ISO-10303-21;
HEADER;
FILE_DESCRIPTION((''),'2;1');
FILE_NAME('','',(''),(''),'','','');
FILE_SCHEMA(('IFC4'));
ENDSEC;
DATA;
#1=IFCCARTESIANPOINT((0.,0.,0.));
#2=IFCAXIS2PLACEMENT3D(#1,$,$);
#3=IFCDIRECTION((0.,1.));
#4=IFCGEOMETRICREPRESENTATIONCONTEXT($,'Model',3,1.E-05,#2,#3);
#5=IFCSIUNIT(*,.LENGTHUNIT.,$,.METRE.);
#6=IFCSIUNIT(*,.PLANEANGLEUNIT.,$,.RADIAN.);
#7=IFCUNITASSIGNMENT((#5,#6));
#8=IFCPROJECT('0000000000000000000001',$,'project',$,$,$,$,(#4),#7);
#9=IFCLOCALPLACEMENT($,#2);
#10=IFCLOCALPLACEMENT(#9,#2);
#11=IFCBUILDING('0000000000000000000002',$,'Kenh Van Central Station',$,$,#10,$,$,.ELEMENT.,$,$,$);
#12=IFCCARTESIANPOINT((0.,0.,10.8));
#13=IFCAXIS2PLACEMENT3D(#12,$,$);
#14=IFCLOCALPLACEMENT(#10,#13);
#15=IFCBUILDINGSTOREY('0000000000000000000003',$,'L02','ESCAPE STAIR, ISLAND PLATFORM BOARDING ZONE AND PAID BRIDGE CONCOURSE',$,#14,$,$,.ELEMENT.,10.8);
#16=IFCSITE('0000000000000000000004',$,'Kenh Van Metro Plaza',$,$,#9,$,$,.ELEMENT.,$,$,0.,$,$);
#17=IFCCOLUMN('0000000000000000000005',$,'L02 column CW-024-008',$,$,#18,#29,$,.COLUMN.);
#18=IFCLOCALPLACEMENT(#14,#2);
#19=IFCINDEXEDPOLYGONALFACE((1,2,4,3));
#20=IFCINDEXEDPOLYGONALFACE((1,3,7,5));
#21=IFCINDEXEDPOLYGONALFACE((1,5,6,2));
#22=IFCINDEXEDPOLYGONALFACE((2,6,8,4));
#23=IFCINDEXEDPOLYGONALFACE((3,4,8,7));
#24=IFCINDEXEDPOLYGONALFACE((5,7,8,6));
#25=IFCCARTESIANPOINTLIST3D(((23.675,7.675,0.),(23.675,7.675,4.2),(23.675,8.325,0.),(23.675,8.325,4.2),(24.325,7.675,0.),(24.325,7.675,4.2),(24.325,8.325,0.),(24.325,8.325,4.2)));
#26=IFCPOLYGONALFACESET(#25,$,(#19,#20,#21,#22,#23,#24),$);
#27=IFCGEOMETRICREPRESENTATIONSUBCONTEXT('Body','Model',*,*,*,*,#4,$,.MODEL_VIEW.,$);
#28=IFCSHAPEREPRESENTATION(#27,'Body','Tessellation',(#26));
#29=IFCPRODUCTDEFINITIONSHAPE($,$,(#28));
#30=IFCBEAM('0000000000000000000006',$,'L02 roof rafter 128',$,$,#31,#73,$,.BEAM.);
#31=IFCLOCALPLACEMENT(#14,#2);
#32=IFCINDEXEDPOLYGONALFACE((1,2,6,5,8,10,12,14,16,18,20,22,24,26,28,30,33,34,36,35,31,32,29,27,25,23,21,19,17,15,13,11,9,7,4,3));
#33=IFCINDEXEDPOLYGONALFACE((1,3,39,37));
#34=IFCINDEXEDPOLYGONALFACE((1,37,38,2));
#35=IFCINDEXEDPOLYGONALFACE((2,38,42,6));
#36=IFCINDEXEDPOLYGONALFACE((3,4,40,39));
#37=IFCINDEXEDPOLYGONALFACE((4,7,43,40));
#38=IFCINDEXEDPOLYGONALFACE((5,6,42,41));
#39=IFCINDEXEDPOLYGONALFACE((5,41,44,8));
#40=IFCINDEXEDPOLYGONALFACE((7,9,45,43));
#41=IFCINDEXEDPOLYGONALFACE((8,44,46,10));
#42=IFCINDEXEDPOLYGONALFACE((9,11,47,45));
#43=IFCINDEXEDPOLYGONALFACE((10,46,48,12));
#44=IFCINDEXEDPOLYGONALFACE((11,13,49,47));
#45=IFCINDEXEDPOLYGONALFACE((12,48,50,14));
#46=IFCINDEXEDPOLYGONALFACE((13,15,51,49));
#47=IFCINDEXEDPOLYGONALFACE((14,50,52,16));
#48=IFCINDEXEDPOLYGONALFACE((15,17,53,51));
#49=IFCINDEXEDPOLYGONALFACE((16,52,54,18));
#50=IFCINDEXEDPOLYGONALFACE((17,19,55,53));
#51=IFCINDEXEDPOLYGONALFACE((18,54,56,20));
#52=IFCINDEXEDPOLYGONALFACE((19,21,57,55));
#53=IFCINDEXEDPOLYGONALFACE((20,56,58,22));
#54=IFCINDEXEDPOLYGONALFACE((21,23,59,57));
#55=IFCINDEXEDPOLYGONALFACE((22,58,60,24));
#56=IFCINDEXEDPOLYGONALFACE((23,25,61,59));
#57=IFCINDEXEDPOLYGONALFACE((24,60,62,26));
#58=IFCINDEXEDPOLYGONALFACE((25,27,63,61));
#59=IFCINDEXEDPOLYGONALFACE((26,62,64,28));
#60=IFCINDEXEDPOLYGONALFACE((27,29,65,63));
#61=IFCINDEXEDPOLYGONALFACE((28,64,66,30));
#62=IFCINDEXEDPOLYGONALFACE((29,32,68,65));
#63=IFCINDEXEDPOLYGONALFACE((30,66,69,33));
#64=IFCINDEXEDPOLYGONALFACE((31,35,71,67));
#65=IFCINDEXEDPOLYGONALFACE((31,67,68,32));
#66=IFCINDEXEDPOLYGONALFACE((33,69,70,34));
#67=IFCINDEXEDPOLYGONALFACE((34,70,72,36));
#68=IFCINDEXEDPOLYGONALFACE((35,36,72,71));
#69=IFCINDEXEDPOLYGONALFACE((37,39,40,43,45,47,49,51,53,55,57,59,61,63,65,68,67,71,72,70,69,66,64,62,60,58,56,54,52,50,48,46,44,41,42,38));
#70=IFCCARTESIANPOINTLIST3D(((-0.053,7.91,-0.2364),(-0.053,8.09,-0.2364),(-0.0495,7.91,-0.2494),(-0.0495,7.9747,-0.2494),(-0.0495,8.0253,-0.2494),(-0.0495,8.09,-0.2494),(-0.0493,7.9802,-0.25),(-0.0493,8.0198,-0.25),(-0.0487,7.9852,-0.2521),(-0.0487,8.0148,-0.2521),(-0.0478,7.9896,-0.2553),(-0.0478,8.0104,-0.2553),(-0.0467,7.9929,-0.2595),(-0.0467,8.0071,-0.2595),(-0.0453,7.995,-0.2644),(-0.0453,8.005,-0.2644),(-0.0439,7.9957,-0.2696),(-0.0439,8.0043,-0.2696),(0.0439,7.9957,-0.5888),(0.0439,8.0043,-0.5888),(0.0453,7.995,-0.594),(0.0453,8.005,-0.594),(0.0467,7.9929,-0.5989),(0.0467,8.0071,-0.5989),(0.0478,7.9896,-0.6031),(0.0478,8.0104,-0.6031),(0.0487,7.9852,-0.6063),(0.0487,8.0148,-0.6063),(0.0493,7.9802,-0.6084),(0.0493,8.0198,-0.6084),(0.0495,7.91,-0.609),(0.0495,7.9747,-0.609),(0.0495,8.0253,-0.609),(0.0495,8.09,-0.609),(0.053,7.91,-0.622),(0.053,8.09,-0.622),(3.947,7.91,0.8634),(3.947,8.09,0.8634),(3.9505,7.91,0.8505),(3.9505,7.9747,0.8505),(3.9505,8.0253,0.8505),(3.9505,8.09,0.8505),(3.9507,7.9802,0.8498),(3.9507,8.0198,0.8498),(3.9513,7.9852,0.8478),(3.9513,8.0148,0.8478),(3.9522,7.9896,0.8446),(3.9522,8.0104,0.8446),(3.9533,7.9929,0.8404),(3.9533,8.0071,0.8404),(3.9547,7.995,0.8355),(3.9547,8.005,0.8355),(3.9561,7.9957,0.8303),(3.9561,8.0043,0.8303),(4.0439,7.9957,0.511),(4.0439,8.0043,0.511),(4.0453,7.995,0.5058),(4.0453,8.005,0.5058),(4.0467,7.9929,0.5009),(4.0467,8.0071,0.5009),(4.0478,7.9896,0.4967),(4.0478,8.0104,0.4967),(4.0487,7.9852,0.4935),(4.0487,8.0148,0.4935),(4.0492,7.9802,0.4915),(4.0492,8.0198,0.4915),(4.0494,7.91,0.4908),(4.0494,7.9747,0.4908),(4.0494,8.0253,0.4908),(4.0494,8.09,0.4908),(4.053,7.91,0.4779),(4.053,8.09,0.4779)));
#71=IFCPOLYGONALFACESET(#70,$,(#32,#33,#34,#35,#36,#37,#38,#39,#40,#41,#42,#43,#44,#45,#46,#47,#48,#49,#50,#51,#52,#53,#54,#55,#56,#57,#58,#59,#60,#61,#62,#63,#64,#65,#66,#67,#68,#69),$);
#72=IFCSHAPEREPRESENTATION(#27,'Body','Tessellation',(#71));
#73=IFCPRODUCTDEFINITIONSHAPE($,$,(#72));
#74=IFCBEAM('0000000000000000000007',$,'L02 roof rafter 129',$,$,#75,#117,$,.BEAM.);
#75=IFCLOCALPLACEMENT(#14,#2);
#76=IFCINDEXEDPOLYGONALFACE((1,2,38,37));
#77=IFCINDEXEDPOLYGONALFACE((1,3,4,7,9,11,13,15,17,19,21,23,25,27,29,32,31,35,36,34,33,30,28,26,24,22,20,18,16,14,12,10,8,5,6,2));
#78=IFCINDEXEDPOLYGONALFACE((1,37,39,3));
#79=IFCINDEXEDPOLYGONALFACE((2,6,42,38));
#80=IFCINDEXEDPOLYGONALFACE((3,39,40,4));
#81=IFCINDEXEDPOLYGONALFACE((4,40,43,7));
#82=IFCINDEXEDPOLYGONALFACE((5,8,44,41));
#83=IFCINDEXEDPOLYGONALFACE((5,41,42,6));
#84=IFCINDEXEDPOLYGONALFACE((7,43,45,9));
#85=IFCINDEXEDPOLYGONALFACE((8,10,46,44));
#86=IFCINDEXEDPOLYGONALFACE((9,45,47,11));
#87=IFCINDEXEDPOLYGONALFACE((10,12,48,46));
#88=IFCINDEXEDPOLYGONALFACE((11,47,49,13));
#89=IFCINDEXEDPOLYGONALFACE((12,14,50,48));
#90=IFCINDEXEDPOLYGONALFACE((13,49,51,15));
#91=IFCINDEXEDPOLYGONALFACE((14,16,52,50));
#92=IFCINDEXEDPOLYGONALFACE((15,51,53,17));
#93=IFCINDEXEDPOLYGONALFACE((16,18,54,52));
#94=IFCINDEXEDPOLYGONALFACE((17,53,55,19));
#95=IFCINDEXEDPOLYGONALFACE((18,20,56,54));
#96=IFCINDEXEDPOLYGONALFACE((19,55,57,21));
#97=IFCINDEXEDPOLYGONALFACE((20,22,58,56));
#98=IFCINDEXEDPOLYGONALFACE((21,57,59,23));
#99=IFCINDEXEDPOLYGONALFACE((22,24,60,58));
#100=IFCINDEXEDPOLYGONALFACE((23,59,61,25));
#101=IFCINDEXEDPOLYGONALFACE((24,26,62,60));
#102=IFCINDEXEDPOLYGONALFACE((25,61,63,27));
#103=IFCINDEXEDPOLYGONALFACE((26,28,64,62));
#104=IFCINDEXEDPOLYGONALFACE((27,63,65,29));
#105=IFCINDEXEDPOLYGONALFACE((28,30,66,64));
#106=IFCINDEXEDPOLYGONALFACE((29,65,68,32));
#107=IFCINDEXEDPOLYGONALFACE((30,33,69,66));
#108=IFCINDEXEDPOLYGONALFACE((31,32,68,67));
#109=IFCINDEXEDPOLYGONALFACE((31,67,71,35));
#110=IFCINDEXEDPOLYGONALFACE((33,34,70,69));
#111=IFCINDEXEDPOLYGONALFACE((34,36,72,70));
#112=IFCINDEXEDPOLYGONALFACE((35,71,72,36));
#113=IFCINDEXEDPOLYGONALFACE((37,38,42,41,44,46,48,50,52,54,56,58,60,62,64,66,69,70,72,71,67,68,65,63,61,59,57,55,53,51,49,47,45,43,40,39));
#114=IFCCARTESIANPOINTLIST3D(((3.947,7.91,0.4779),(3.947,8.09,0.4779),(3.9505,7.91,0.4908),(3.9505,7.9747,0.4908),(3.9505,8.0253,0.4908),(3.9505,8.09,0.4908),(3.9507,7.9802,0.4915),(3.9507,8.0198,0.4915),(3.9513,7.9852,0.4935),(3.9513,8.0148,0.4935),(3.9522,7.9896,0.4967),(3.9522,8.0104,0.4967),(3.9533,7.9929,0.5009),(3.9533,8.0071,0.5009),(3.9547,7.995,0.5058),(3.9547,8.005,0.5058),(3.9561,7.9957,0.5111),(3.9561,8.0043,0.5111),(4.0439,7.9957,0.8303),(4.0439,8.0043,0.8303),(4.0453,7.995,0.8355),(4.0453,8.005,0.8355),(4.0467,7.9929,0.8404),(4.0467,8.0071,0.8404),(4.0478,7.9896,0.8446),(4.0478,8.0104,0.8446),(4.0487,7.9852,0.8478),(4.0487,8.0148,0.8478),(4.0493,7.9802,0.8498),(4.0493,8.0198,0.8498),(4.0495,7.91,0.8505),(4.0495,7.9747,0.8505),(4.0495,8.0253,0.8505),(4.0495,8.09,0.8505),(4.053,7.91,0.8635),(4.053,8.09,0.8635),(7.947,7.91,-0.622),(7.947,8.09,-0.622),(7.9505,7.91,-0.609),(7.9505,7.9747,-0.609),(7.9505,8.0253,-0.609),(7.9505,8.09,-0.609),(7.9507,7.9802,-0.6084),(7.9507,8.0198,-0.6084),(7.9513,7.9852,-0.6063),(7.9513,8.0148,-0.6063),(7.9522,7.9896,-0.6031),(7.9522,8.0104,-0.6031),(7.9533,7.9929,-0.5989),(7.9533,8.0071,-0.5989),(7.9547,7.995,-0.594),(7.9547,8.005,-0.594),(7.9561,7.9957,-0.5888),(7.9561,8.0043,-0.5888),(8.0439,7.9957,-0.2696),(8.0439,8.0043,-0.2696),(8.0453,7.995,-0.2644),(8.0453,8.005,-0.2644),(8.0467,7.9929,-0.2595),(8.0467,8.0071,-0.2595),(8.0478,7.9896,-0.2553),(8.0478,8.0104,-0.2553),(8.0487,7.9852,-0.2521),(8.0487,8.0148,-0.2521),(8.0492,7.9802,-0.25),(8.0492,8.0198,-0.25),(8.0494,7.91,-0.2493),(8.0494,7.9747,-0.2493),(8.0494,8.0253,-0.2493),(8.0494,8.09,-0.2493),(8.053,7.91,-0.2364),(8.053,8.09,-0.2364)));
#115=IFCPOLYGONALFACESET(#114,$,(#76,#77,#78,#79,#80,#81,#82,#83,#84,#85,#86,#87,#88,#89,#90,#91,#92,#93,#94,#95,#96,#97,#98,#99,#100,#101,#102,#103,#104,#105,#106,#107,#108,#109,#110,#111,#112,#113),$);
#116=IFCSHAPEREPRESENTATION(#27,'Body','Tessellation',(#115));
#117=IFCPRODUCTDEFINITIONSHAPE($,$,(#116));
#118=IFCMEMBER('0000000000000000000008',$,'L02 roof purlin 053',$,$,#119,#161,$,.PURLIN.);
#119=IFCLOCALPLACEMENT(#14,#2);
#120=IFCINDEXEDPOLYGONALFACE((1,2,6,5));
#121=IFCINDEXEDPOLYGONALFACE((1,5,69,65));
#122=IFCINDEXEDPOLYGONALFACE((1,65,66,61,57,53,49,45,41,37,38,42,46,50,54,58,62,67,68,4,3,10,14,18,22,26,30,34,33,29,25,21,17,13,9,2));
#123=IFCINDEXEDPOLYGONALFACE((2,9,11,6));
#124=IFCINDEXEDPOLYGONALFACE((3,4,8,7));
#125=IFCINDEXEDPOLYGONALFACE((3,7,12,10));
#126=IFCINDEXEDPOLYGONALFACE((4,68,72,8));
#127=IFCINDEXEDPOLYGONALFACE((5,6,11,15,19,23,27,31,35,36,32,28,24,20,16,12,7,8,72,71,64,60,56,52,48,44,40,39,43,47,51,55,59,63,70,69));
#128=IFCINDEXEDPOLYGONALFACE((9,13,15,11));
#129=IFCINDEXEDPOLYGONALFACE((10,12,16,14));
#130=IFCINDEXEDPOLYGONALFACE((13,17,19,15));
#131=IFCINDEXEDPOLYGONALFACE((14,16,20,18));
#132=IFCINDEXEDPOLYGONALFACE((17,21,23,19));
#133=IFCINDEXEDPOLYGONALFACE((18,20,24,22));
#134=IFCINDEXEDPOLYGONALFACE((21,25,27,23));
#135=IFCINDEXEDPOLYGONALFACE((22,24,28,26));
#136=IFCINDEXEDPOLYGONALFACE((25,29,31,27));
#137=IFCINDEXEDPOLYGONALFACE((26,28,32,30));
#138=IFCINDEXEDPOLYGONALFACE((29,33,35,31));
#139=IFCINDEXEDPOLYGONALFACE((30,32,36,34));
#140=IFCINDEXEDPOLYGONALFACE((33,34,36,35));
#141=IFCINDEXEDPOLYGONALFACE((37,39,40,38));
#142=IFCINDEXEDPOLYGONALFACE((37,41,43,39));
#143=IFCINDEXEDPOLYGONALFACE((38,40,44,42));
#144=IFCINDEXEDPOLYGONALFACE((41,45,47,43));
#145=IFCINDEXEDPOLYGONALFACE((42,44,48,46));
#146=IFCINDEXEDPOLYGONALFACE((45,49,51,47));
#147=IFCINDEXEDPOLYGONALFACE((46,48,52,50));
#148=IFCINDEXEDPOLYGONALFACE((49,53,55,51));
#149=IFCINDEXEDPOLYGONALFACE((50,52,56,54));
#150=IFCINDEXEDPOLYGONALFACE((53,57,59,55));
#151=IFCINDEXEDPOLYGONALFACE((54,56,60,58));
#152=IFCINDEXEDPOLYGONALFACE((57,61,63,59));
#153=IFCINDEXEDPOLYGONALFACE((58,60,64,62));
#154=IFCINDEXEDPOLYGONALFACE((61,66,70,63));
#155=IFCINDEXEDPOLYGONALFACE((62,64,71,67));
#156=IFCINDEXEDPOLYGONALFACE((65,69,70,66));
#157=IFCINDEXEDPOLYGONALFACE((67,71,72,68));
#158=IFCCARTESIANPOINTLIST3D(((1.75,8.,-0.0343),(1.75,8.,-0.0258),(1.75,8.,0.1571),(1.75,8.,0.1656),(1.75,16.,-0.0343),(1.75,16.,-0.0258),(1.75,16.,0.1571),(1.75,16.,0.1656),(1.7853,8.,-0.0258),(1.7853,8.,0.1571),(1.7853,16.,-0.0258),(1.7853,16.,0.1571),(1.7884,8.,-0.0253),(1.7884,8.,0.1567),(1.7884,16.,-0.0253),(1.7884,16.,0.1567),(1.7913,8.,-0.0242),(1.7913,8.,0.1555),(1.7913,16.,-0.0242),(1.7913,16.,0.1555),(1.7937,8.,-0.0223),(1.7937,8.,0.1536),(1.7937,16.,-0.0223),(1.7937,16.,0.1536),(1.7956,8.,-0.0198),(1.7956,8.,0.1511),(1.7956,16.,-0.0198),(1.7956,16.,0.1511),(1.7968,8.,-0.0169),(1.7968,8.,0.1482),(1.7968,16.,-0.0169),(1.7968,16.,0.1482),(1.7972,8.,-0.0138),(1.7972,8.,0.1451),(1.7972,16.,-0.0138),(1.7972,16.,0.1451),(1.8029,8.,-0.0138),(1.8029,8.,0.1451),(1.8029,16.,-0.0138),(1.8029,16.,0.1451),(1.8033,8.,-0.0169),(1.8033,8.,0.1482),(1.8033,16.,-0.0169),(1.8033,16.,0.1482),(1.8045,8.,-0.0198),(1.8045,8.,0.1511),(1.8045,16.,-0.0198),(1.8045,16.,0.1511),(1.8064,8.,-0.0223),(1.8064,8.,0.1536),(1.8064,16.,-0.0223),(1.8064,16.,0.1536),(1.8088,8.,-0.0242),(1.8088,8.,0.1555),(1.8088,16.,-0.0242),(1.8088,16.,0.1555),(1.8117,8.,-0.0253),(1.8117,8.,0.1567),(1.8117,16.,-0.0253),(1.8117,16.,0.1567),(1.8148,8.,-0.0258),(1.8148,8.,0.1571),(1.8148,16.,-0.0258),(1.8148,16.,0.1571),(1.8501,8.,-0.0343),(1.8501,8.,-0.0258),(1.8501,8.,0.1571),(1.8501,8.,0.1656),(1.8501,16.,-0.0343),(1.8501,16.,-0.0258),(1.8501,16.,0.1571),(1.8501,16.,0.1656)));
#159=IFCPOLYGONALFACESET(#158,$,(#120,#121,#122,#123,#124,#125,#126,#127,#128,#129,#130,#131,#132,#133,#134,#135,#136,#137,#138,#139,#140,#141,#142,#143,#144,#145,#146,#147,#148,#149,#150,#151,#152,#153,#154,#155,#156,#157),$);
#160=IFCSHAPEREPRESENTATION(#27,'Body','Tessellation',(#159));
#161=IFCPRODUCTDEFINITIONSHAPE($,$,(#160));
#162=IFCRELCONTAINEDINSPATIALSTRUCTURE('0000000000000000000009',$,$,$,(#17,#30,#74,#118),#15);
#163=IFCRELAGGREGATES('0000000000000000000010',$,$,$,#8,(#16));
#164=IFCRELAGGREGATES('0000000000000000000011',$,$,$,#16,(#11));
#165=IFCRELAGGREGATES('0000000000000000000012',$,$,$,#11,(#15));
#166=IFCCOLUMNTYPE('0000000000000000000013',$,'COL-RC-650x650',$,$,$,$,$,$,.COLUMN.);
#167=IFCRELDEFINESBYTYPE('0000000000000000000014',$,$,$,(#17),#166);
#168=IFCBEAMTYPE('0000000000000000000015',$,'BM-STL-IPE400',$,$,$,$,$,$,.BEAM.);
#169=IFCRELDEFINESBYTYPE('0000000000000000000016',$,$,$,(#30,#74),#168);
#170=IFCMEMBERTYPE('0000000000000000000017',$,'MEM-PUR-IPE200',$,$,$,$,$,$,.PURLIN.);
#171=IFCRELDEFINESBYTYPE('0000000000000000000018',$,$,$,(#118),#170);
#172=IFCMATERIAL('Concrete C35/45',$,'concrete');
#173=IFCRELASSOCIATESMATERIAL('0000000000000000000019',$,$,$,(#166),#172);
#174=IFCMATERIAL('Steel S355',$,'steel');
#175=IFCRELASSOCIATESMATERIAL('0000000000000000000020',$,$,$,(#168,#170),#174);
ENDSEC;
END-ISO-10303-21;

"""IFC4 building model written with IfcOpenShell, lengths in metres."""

from ifc_helpers import new_model, si_unit, direction, frame, origin, origin_2d, place, context, subcontext, project, spatial, rectangle, i_section, extrude, material, material_profile, profile_set, type_object, element, save


model = new_model("IFC4")

# Units and contexts
model_context = context("Model", 3, precision=1e-05, world=origin(), true_north=direction((0.0, 1.0)))
body_context = subcontext(model_context, "Body", "Model", "MODEL_VIEW")
ifc_project = project(units=[si_unit("LENGTHUNIT", "METRE"), si_unit("PLANEANGLEUNIT", "RADIAN")], contexts=[model_context])

# Site, building, storey
site_placement = place(None, origin())
site = spatial("IfcSite", under=ifc_project, at=site_placement, Name="Kenh Van Metro Plaza", CompositionType="ELEMENT", RefElevation=0.0)
building_placement = place(site_placement, origin())
building = spatial("IfcBuilding", under=site, at=building_placement, Name="Kenh Van Central Station", CompositionType="ELEMENT")
storey_placement = place(building_placement, frame((0.0, 0.0, 10.8)))
storey = spatial("IfcBuildingStorey", under=building, at=storey_placement, Name="L02", Description="ESCAPE STAIR, ISLAND PLATFORM BOARDING ZONE AND PAID BRIDGE CONCOURSE", CompositionType="ELEMENT", Elevation=10.8)

# Column
ifc_material_1 = material(Name="Concrete C35/45", Category="concrete")
ifc_material_profile_1 = material_profile(ifc_material_1, rectangle(XDim=0.6499, YDim=0.6499, at=origin_2d()), Name="RC 650x650")
ifc_profile_set_1 = profile_set([ifc_material_profile_1], Name="Concrete C35/45")
column_type = type_object("IfcColumnType", Name="COL-RC-650x650", PredefinedType="COLUMN", material=ifc_profile_set_1)
column_placement = place(storey_placement, frame((24.0, 8.0, 0.0), z_axis=(0.0, 0.0, 1.0), x_axis=(1.0, 0.0, 0.0)))
element("IfcColumn", 1, at=column_placement, inside=storey, type_object=column_type, Name="L02 column CW-024-008", PredefinedType="COLUMN", context=body_context, shape_type="SweptSolid", body=[
    extrude(rectangle(XDim=0.6499, YDim=0.6499, at=origin_2d()), origin(), (0.0, 0.0, 1.0), 4.2),
])

# Beams
ifc_material_2 = material(Name="Steel S355", Category="steel")
ifc_material_profile_2 = material_profile(ifc_material_2, i_section(OverallWidth=0.1799, OverallDepth=0.3999, WebThickness=0.0085, FlangeThickness=0.0134, FilletRadius=0.021, at=origin_2d()), Name="IPE 400")
ifc_profile_set_2 = profile_set([ifc_material_profile_2], Name="Steel S355")
beam_type_1 = type_object("IfcBeamType", Name="BM-STL-IPE400", PredefinedType="BEAM", material=ifc_profile_set_2)
for number, where, z_axis, x_axis, name in (
    (2, (0.0, 8.0, -0.4292), (0.964214, 0.0, 0.265124), (0.0, 1.0, 0.0), "L02 roof rafter 128"),
    (3, (4.0, 8.0, 0.6707), (0.964214, 0.0, -0.265124), (0.0, 1.0, 0.0), "L02 roof rafter 129"),
):
    element("IfcBeam", number, at=place(storey_placement, frame(where, z_axis=z_axis, x_axis=x_axis)), inside=storey, type_object=beam_type_1, Name=name, PredefinedType="BEAM", context=body_context, shape_type="SweptSolid", body=[
        extrude(i_section(OverallWidth=0.1799, OverallDepth=0.3999, WebThickness=0.0085, FlangeThickness=0.0134, FilletRadius=0.021, at=origin_2d()), origin(), (0.0, 0.0, 1.0), 4.1484),
    ])

# Member
ifc_material_profile_3 = material_profile(ifc_material_2, i_section(OverallWidth=0.1001, OverallDepth=0.2, WebThickness=0.0056, FlangeThickness=0.0085, FilletRadius=0.012, at=origin_2d()), Name="IPE 200")
ifc_profile_set_3 = profile_set([ifc_material_profile_3], Name="Steel S355")
member_type_1 = type_object("IfcMemberType", Name="MEM-PUR-IPE200", PredefinedType="PURLIN", material=ifc_profile_set_3)
for number, where, z_axis, x_axis, name in (
    (4, (1.8, 8.0, 0.0657), (0.0, 1.0, 0.0), (-1.0, 0.0, 0.0), "L02 roof purlin 053"),
):
    element("IfcMember", number, at=place(storey_placement, frame(where, z_axis=z_axis, x_axis=x_axis)), inside=storey, type_object=member_type_1, Name=name, PredefinedType="PURLIN", context=body_context, shape_type="SweptSolid", body=[
        extrude(i_section(OverallWidth=0.1001, OverallDepth=0.2, WebThickness=0.0056, FlangeThickness=0.0085, FilletRadius=0.012, at=origin_2d()), origin(), (0.0, 0.0, 1.0), 8.0),
    ])

save(model, "model.ifc")
